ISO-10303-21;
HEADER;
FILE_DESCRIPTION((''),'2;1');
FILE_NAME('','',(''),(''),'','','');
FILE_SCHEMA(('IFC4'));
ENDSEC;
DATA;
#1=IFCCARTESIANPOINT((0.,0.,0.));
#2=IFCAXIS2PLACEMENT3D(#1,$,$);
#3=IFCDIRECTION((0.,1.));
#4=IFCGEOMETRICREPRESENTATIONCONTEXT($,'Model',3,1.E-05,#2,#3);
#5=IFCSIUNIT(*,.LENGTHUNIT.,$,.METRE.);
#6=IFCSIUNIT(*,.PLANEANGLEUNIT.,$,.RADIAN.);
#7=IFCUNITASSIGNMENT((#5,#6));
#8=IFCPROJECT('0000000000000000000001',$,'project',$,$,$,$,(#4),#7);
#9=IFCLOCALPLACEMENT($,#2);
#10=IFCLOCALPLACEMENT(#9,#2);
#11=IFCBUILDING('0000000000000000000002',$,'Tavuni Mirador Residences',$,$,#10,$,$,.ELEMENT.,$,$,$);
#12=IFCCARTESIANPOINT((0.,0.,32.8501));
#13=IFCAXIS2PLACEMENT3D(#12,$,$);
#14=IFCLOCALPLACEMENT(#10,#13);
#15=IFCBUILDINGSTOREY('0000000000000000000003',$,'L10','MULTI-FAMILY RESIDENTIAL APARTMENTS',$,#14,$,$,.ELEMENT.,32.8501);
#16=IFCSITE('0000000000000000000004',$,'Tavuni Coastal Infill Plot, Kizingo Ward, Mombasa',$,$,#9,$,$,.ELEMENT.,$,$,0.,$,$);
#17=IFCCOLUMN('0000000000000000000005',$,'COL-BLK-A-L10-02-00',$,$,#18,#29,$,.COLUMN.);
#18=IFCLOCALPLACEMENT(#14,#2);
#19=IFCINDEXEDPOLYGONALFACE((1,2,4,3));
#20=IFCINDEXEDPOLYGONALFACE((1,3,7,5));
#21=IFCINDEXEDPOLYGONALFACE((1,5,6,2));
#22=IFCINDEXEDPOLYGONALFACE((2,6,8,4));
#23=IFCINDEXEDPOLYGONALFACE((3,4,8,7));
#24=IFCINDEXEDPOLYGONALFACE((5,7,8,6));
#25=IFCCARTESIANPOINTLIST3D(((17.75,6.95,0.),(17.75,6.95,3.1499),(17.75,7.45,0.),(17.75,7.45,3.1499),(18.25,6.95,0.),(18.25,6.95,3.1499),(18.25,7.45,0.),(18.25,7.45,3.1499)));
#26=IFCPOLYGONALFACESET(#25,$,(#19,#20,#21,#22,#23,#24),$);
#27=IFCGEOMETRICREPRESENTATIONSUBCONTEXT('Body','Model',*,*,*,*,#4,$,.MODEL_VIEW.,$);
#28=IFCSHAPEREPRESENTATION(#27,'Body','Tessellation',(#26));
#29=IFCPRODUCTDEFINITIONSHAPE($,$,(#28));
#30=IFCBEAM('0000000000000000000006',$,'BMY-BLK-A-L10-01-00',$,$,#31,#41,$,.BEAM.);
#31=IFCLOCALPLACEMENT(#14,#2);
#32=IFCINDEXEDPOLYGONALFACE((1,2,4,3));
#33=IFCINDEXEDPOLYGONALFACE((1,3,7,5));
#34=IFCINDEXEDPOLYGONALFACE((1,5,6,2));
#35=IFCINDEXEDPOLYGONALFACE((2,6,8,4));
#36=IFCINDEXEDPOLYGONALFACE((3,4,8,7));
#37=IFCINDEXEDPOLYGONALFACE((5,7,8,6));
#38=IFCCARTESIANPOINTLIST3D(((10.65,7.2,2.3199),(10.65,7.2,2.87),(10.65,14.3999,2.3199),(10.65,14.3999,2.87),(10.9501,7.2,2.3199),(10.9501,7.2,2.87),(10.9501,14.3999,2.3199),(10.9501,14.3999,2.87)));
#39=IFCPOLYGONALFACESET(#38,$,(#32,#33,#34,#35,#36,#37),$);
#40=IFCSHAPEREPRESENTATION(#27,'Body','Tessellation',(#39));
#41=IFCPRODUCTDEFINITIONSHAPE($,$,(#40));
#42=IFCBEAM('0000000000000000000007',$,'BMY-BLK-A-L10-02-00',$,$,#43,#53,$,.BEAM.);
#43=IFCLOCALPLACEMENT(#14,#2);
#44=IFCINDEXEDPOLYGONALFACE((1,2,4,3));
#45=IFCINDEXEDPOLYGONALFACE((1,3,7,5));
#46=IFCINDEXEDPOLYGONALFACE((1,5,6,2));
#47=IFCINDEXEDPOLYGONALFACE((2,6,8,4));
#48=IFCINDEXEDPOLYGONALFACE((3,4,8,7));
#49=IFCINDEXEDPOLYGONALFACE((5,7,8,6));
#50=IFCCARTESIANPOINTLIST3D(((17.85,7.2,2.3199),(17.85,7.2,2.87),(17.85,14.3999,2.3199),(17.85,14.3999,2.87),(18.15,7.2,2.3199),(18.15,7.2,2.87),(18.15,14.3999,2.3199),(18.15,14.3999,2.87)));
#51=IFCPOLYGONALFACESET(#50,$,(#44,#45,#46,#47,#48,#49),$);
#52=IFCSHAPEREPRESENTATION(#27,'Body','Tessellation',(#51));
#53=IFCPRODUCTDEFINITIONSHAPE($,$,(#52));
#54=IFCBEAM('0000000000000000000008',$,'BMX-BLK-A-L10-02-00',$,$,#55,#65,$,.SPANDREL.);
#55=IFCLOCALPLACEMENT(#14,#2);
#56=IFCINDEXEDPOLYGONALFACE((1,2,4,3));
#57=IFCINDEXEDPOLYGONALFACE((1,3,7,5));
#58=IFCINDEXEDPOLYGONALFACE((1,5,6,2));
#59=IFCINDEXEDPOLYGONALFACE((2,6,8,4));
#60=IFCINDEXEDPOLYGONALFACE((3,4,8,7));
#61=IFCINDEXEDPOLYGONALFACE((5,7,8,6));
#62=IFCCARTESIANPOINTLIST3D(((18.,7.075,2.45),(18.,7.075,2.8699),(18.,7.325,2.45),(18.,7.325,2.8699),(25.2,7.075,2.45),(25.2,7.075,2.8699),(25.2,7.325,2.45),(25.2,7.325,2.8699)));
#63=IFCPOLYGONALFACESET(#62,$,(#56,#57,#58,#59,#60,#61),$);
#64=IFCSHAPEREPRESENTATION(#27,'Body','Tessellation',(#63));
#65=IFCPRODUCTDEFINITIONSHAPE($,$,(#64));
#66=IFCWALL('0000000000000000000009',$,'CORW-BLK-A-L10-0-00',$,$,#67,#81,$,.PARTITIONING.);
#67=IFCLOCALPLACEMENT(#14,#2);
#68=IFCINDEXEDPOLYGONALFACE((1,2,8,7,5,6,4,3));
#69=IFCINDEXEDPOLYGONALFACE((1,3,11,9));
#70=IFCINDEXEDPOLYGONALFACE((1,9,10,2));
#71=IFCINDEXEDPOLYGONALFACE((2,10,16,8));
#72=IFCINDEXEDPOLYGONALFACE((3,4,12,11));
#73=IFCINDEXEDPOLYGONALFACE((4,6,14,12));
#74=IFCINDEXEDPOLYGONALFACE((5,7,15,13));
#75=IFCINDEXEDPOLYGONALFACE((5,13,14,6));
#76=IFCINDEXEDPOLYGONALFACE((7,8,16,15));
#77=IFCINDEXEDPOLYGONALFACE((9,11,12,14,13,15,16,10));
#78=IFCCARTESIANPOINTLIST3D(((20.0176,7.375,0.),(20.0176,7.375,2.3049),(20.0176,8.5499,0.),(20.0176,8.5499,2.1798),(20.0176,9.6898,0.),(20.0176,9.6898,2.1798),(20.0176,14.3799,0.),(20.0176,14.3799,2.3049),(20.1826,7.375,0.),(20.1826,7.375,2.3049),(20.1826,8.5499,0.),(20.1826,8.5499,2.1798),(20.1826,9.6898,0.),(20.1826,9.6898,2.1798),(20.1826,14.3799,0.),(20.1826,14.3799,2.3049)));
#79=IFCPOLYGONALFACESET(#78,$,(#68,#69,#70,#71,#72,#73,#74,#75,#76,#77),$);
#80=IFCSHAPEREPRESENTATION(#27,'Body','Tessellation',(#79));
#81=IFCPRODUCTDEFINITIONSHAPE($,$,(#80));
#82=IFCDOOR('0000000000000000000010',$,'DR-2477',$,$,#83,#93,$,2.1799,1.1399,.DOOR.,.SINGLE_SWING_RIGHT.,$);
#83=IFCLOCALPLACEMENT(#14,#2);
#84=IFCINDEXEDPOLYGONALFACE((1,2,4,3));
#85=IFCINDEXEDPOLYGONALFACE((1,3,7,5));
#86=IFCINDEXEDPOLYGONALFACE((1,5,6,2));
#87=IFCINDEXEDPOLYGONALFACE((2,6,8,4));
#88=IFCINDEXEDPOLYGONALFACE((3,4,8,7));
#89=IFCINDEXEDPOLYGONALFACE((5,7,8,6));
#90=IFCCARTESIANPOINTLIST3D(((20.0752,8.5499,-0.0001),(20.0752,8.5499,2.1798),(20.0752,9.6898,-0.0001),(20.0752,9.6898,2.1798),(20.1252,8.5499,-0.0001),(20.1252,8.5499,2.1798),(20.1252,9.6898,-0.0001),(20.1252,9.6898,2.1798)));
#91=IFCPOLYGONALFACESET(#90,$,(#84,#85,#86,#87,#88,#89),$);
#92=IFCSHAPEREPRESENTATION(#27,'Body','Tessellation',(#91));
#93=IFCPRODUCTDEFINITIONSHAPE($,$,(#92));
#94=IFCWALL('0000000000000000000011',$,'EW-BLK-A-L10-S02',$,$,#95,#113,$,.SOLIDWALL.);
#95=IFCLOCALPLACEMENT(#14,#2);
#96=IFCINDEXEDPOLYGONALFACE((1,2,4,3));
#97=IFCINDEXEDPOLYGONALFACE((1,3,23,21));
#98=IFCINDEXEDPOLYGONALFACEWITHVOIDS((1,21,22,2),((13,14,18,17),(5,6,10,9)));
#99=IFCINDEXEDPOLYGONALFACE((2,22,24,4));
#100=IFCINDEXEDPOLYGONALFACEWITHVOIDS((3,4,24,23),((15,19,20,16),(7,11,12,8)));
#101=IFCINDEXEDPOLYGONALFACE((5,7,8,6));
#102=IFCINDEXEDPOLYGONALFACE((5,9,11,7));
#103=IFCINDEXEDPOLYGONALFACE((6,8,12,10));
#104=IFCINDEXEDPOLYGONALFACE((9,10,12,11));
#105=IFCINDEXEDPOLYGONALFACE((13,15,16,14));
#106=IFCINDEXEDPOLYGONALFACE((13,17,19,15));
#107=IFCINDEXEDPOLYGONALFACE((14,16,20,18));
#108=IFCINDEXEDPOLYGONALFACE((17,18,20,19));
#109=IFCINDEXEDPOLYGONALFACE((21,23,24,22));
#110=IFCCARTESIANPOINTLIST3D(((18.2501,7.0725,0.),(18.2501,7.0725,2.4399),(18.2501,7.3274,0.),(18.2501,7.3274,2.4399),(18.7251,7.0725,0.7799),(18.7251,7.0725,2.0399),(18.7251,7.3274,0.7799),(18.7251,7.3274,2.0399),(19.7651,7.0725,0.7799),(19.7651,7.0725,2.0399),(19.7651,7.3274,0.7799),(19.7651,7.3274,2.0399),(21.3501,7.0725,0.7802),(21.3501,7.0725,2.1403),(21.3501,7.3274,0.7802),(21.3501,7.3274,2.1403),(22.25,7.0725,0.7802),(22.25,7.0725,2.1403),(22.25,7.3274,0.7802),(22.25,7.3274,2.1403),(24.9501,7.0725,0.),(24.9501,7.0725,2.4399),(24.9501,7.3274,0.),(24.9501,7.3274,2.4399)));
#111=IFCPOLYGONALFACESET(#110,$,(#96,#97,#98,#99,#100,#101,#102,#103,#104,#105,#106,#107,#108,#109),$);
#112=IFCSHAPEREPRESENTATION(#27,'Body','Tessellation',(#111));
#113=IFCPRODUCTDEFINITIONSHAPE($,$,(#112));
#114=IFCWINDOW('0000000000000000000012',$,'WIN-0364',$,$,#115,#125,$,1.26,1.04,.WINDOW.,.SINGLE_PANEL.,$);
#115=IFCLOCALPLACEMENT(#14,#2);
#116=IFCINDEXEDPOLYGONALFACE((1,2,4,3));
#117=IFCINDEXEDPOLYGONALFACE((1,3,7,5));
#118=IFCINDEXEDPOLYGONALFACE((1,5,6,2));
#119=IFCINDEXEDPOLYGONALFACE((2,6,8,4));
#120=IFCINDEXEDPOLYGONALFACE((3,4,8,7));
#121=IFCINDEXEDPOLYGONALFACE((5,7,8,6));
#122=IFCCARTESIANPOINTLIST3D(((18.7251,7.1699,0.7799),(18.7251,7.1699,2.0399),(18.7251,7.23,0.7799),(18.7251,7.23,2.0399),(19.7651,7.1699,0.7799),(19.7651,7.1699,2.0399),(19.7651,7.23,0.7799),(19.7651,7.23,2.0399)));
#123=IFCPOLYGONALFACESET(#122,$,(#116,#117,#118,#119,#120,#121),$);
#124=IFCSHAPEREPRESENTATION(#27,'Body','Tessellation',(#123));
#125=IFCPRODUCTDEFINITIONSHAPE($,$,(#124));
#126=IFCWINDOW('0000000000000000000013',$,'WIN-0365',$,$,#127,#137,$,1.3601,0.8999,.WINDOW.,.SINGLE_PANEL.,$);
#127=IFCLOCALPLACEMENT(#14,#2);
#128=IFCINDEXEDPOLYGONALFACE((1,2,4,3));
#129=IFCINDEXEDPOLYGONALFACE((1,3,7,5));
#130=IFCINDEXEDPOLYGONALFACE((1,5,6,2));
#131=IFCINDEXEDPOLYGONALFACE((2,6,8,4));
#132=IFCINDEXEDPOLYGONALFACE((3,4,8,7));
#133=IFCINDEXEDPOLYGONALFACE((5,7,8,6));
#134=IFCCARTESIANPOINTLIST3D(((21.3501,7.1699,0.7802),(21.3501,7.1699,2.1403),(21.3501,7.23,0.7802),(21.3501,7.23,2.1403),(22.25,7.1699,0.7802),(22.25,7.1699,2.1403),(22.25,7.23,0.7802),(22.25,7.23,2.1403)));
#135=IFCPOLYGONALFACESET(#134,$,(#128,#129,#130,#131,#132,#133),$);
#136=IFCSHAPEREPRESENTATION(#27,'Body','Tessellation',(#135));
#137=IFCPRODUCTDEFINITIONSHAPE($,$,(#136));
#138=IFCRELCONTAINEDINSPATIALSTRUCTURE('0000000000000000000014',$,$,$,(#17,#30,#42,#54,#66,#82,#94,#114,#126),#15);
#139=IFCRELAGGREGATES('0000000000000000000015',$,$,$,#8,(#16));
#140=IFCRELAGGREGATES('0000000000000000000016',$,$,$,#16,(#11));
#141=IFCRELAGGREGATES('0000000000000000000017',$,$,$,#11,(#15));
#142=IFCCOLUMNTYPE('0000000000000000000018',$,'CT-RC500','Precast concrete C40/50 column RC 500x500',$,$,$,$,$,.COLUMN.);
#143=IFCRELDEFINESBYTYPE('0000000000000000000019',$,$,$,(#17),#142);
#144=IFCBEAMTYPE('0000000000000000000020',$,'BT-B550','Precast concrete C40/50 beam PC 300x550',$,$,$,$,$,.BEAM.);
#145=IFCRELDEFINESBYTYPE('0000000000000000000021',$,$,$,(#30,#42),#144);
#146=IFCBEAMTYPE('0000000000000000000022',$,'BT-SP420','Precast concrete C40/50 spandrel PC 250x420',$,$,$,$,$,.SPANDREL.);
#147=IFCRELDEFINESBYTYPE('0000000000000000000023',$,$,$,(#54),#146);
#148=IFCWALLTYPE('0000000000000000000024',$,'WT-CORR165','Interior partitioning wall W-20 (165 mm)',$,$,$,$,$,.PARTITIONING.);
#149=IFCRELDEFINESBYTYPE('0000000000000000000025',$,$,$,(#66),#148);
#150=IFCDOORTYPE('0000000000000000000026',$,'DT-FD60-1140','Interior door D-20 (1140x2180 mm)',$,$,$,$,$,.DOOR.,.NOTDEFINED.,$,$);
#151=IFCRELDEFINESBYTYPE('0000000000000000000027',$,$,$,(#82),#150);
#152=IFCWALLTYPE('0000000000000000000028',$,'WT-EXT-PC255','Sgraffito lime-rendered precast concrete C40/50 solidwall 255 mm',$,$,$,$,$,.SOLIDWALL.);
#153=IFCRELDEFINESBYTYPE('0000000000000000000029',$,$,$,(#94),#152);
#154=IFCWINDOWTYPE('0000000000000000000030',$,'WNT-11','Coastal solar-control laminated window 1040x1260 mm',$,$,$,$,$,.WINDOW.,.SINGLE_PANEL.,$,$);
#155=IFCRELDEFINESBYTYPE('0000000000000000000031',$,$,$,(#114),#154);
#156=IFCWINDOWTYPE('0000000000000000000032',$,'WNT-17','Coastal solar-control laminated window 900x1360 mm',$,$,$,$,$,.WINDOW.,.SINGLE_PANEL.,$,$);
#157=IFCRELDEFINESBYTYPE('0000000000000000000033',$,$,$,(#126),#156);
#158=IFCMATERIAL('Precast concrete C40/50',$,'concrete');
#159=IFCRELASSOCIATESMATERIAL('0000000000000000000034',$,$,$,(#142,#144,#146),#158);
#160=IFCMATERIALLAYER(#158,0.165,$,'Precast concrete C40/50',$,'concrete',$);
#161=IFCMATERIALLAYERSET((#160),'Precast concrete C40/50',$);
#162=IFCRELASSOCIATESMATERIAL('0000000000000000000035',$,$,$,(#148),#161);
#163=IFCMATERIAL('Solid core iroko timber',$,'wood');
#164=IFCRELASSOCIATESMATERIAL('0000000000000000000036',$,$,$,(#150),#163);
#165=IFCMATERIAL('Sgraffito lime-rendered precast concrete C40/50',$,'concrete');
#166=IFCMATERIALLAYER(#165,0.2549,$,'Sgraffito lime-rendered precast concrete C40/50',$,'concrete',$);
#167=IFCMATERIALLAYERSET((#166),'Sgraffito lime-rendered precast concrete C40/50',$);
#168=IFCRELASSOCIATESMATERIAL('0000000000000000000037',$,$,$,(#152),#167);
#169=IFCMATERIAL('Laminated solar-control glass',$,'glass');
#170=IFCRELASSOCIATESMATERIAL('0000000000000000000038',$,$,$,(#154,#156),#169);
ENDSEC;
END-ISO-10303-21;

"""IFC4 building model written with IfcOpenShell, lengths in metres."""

from ifc_helpers import new_model, si_unit, direction, frame, frame_2d, origin, origin_2d, place, context, subcontext, project, spatial, rectangle, extrude, material, layer, layer_set, material_profile, profile_set, type_object, element, fill, save


model = new_model("IFC4")

# Units and contexts
model_context = context("Model", 3, precision=1e-05, world=origin(), true_north=direction((0.0, 1.0)))
body_context = subcontext(model_context, "Body", "Model", "MODEL_VIEW")
ifc_project = project(units=[si_unit("LENGTHUNIT", "METRE"), si_unit("PLANEANGLEUNIT", "RADIAN")], contexts=[model_context])

# Site, building, storey
site_placement = place(None, origin())
site = spatial("IfcSite", under=ifc_project, at=site_placement, Name="Tavuni Coastal Infill Plot, Kizingo Ward, Mombasa", CompositionType="ELEMENT", RefElevation=0.0)
building_placement = place(site_placement, origin())
building = spatial("IfcBuilding", under=site, at=building_placement, Name="Tavuni Mirador Residences", CompositionType="ELEMENT")
storey_placement = place(building_placement, frame((0.0, 0.0, 32.8501)))
storey = spatial("IfcBuildingStorey", under=building, at=storey_placement, Name="L10", Description="MULTI-FAMILY RESIDENTIAL APARTMENTS", CompositionType="ELEMENT", Elevation=32.8501)

# Column
ifc_material_1 = material(Name="Precast concrete C40/50", Category="concrete")
ifc_material_profile_1 = material_profile(ifc_material_1, rectangle(XDim=0.5, YDim=0.5, at=origin_2d()), Name="RC 500x500", Category="concrete")
ifc_profile_set_1 = profile_set([ifc_material_profile_1], Name="Precast concrete C40/50")
column_type = type_object("IfcColumnType", Name="CT-RC500", Description="Precast concrete C40/50 column RC 500x500", PredefinedType="COLUMN", material=ifc_profile_set_1)
column_placement = place(storey_placement, frame((18.0, 7.2, 0.0), z_axis=(0.0, 0.0, 1.0), x_axis=(1.0, 0.0, 0.0)))
element("IfcColumn", 1, at=column_placement, inside=storey, type_object=column_type, Name="COL-BLK-A-L10-02-00", PredefinedType="COLUMN", context=body_context, shape_type="SweptSolid", body=[
    extrude(rectangle(XDim=0.5, YDim=0.5, at=origin_2d()), origin(), (0.0, 0.0, 1.0), 3.1499),
])

# Beams
ifc_material_profile_2 = material_profile(ifc_material_1, rectangle(XDim=0.3, YDim=0.55, at=origin_2d()), Name="PC 300x550", Category="concrete")
ifc_profile_set_2 = profile_set([ifc_material_profile_2], Name="Precast concrete C40/50")
beam_type_1 = type_object("IfcBeamType", Name="BT-B550", Description="Precast concrete C40/50 beam PC 300x550", PredefinedType="BEAM", material=ifc_profile_set_2)
for number, where, z_axis, x_axis, name in (
    (2, (10.8, 7.2, 2.595), (0.0, 1.0, 0.0), (-1.0, 0.0, 0.0), "BMY-BLK-A-L10-01-00"),
    (3, (18.0, 7.2, 2.595), (0.0, 1.0, 0.0), (-1.0, 0.0, 0.0), "BMY-BLK-A-L10-02-00"),
):
    element("IfcBeam", number, at=place(storey_placement, frame(where, z_axis=z_axis, x_axis=x_axis)), inside=storey, type_object=beam_type_1, Name=name, PredefinedType="BEAM", context=body_context, shape_type="SweptSolid", body=[
        extrude(rectangle(XDim=0.3, YDim=0.55, at=origin_2d()), origin(), (0.0, 0.0, 1.0), 7.2),
    ])
ifc_material_profile_3 = material_profile(ifc_material_1, rectangle(XDim=0.25, YDim=0.4199, at=origin_2d()), Name="PC 250x420", Category="concrete")
ifc_profile_set_3 = profile_set([ifc_material_profile_3], Name="Precast concrete C40/50")
beam_type_2 = type_object("IfcBeamType", Name="BT-SP420", Description="Precast concrete C40/50 spandrel PC 250x420", PredefinedType="SPANDREL", material=ifc_profile_set_3)
beam_placement = place(storey_placement, frame((18.0, 7.2, 2.6599), z_axis=(1.0, 0.0, 0.0), x_axis=(0.0, 1.0, 0.0)))
element("IfcBeam", 4, at=beam_placement, inside=storey, type_object=beam_type_2, Name="BMX-BLK-A-L10-02-00", PredefinedType="SPANDREL", context=body_context, shape_type="SweptSolid", body=[
    extrude(rectangle(XDim=0.25, YDim=0.4199, at=origin_2d()), origin(), (0.0, 0.0, 1.0), 7.2),
])

# Wall, opening, door
ifc_layer_1 = layer(ifc_material_1, 0.165, Name="Precast concrete C40/50", Category="concrete")
ifc_layer_set_1 = layer_set([ifc_layer_1], Name="Precast concrete C40/50")
wall_type_1 = type_object("IfcWallType", Name="WT-CORR165", Description="Interior partitioning wall W-20 (165 mm)", PredefinedType="PARTITIONING", material=ifc_layer_set_1)
wall_1_placement = place(storey_placement, frame((20.1001, 7.375, 0.0), z_axis=(0.0, 0.0, 1.0), x_axis=(0.0, 1.0, 0.0)))
wall_1 = element("IfcWall", 5, at=wall_1_placement, inside=storey, type_object=wall_type_1, Name="CORW-BLK-A-L10-0-00", PredefinedType="PARTITIONING", context=body_context, shape_type="SweptSolid", body=[
    extrude(rectangle(XDim=7.0049, YDim=0.165, at=frame_2d((3.5024, 0.0))), origin(), (0.0, 0.0, 1.0), 2.3049),
])
opening_1_placement = place(wall_1_placement, frame((1.175, 0.0, 0.0)))
opening_1 = element("IfcOpeningElement", 6, at=opening_1_placement, cuts=wall_1, PredefinedType="OPENING", context=body_context, shape_type="SweptSolid", body=[
    extrude(rectangle(XDim=1.1399, YDim=2.1799, at=frame_2d((0.5698, 1.0898))), frame((0.0, 0.0925, 0.0), z_axis=(0.0, -1.0, 0.0), x_axis=(1.0, 0.0, 0.0)), (0.0, 0.0, 1.0), 0.1851),
])
ifc_material_2 = material(Name="Solid core iroko timber", Category="wood")
door_type_1 = type_object("IfcDoorType", Name="DT-FD60-1140", Description="Interior door D-20 (1140x2180 mm)", OperationType="NOTDEFINED", PredefinedType="DOOR", material=ifc_material_2)
door_1_placement = place(opening_1_placement, origin())
door_1 = element("IfcDoor", 7, at=door_1_placement, inside=storey, type_object=door_type_1, Name="DR-2477", OperationType="SINGLE_SWING_RIGHT", OverallHeight=2.1799, OverallWidth=1.1399, PredefinedType="DOOR", context=body_context, shape_type="SweptSolid", body=[
    extrude(rectangle(XDim=1.1399, YDim=2.1799, at=frame_2d((0.5698, 1.0898))), frame((0.0, 0.0249, 0.0), z_axis=(0.0, -1.0, 0.0), x_axis=(1.0, 0.0, 0.0)), (0.0, 0.0, 1.0), 0.05),
])
fill(opening_1, door_1)

# Wall, openings, windows
ifc_material_3 = material(Name="Sgraffito lime-rendered precast concrete C40/50", Category="concrete")
ifc_layer_2 = layer(ifc_material_3, 0.2549, Name="Sgraffito lime-rendered precast concrete C40/50", Category="concrete")
ifc_layer_set_2 = layer_set([ifc_layer_2], Name="Sgraffito lime-rendered precast concrete C40/50")
wall_type_2 = type_object("IfcWallType", Name="WT-EXT-PC255", Description="Sgraffito lime-rendered precast concrete C40/50 solidwall 255 mm", PredefinedType="SOLIDWALL", material=ifc_layer_set_2)
wall_2_placement = place(storey_placement, frame((18.25, 7.2, 0.0), z_axis=(0.0, 0.0, 1.0), x_axis=(1.0, 0.0, 0.0)))
wall_2 = element("IfcWall", 8, at=wall_2_placement, inside=storey, type_object=wall_type_2, Name="EW-BLK-A-L10-S02", PredefinedType="SOLIDWALL", context=body_context, shape_type="SweptSolid", body=[
    extrude(rectangle(XDim=6.7, YDim=0.2549, at=frame_2d((3.3501, 0.0))), origin(), (0.0, 0.0, 1.0), 2.4399),
])
opening_2_placement = place(wall_2_placement, frame((0.4751, 0.0, 0.78)))
opening_2 = element("IfcOpeningElement", 9, at=opening_2_placement, cuts=wall_2, PredefinedType="OPENING", context=body_context, shape_type="SweptSolid", body=[
    extrude(rectangle(XDim=1.04, YDim=1.26, at=frame_2d((0.52, 0.6299))), frame((0.0, 0.1375, 0.0), z_axis=(0.0, -1.0, 0.0), x_axis=(1.0, 0.0, 0.0)), (0.0, 0.0, 1.0), 0.2749),
])
opening_3_placement = place(wall_2_placement, frame((3.1001, 0.0, 0.78)))
opening_3 = element("IfcOpeningElement", 10, at=opening_3_placement, cuts=wall_2, PredefinedType="OPENING", context=body_context, shape_type="SweptSolid", body=[
    extrude(rectangle(XDim=0.8999, YDim=1.3601, at=frame_2d((0.45, 0.6802))), frame((0.0, 0.1375, 0.0), z_axis=(0.0, -1.0, 0.0), x_axis=(1.0, 0.0, 0.0)), (0.0, 0.0, 1.0), 0.2749),
])
ifc_material_4 = material(Name="Laminated solar-control glass", Category="glass")
window_type_1 = type_object("IfcWindowType", Name="WNT-11", Description="Coastal solar-control laminated window 1040x1260 mm", PartitioningType="SINGLE_PANEL", PredefinedType="WINDOW", material=ifc_material_4)
window_1_placement = place(opening_2_placement, origin())
window_1 = element("IfcWindow", 11, at=window_1_placement, inside=storey, type_object=window_type_1, Name="WIN-0364", OverallHeight=1.26, OverallWidth=1.04, PartitioningType="SINGLE_PANEL", PredefinedType="WINDOW", context=body_context, shape_type="SweptSolid", body=[
    extrude(rectangle(XDim=1.04, YDim=1.26, at=frame_2d((0.52, 0.6299))), frame((0.0, 0.03, 0.0), z_axis=(0.0, -1.0, 0.0), x_axis=(1.0, 0.0, 0.0)), (0.0, 0.0, 1.0), 0.0601),
])
fill(opening_2, window_1)
window_type_2 = type_object("IfcWindowType", Name="WNT-17", Description="Coastal solar-control laminated window 900x1360 mm", PartitioningType="SINGLE_PANEL", PredefinedType="WINDOW", material=ifc_material_4)
window_2_placement = place(opening_3_placement, origin())
window_2 = element("IfcWindow", 12, at=window_2_placement, inside=storey, type_object=window_type_2, Name="WIN-0365", OverallHeight=1.3601, OverallWidth=0.8999, PartitioningType="SINGLE_PANEL", PredefinedType="WINDOW", context=body_context, shape_type="SweptSolid", body=[
    extrude(rectangle(XDim=0.8999, YDim=1.3601, at=frame_2d((0.45, 0.6802))), frame((0.0, 0.03, 0.0), z_axis=(0.0, -1.0, 0.0), x_axis=(1.0, 0.0, 0.0)), (0.0, 0.0, 1.0), 0.0601),
])
fill(opening_3, window_2)

save(model, "model.ifc")
